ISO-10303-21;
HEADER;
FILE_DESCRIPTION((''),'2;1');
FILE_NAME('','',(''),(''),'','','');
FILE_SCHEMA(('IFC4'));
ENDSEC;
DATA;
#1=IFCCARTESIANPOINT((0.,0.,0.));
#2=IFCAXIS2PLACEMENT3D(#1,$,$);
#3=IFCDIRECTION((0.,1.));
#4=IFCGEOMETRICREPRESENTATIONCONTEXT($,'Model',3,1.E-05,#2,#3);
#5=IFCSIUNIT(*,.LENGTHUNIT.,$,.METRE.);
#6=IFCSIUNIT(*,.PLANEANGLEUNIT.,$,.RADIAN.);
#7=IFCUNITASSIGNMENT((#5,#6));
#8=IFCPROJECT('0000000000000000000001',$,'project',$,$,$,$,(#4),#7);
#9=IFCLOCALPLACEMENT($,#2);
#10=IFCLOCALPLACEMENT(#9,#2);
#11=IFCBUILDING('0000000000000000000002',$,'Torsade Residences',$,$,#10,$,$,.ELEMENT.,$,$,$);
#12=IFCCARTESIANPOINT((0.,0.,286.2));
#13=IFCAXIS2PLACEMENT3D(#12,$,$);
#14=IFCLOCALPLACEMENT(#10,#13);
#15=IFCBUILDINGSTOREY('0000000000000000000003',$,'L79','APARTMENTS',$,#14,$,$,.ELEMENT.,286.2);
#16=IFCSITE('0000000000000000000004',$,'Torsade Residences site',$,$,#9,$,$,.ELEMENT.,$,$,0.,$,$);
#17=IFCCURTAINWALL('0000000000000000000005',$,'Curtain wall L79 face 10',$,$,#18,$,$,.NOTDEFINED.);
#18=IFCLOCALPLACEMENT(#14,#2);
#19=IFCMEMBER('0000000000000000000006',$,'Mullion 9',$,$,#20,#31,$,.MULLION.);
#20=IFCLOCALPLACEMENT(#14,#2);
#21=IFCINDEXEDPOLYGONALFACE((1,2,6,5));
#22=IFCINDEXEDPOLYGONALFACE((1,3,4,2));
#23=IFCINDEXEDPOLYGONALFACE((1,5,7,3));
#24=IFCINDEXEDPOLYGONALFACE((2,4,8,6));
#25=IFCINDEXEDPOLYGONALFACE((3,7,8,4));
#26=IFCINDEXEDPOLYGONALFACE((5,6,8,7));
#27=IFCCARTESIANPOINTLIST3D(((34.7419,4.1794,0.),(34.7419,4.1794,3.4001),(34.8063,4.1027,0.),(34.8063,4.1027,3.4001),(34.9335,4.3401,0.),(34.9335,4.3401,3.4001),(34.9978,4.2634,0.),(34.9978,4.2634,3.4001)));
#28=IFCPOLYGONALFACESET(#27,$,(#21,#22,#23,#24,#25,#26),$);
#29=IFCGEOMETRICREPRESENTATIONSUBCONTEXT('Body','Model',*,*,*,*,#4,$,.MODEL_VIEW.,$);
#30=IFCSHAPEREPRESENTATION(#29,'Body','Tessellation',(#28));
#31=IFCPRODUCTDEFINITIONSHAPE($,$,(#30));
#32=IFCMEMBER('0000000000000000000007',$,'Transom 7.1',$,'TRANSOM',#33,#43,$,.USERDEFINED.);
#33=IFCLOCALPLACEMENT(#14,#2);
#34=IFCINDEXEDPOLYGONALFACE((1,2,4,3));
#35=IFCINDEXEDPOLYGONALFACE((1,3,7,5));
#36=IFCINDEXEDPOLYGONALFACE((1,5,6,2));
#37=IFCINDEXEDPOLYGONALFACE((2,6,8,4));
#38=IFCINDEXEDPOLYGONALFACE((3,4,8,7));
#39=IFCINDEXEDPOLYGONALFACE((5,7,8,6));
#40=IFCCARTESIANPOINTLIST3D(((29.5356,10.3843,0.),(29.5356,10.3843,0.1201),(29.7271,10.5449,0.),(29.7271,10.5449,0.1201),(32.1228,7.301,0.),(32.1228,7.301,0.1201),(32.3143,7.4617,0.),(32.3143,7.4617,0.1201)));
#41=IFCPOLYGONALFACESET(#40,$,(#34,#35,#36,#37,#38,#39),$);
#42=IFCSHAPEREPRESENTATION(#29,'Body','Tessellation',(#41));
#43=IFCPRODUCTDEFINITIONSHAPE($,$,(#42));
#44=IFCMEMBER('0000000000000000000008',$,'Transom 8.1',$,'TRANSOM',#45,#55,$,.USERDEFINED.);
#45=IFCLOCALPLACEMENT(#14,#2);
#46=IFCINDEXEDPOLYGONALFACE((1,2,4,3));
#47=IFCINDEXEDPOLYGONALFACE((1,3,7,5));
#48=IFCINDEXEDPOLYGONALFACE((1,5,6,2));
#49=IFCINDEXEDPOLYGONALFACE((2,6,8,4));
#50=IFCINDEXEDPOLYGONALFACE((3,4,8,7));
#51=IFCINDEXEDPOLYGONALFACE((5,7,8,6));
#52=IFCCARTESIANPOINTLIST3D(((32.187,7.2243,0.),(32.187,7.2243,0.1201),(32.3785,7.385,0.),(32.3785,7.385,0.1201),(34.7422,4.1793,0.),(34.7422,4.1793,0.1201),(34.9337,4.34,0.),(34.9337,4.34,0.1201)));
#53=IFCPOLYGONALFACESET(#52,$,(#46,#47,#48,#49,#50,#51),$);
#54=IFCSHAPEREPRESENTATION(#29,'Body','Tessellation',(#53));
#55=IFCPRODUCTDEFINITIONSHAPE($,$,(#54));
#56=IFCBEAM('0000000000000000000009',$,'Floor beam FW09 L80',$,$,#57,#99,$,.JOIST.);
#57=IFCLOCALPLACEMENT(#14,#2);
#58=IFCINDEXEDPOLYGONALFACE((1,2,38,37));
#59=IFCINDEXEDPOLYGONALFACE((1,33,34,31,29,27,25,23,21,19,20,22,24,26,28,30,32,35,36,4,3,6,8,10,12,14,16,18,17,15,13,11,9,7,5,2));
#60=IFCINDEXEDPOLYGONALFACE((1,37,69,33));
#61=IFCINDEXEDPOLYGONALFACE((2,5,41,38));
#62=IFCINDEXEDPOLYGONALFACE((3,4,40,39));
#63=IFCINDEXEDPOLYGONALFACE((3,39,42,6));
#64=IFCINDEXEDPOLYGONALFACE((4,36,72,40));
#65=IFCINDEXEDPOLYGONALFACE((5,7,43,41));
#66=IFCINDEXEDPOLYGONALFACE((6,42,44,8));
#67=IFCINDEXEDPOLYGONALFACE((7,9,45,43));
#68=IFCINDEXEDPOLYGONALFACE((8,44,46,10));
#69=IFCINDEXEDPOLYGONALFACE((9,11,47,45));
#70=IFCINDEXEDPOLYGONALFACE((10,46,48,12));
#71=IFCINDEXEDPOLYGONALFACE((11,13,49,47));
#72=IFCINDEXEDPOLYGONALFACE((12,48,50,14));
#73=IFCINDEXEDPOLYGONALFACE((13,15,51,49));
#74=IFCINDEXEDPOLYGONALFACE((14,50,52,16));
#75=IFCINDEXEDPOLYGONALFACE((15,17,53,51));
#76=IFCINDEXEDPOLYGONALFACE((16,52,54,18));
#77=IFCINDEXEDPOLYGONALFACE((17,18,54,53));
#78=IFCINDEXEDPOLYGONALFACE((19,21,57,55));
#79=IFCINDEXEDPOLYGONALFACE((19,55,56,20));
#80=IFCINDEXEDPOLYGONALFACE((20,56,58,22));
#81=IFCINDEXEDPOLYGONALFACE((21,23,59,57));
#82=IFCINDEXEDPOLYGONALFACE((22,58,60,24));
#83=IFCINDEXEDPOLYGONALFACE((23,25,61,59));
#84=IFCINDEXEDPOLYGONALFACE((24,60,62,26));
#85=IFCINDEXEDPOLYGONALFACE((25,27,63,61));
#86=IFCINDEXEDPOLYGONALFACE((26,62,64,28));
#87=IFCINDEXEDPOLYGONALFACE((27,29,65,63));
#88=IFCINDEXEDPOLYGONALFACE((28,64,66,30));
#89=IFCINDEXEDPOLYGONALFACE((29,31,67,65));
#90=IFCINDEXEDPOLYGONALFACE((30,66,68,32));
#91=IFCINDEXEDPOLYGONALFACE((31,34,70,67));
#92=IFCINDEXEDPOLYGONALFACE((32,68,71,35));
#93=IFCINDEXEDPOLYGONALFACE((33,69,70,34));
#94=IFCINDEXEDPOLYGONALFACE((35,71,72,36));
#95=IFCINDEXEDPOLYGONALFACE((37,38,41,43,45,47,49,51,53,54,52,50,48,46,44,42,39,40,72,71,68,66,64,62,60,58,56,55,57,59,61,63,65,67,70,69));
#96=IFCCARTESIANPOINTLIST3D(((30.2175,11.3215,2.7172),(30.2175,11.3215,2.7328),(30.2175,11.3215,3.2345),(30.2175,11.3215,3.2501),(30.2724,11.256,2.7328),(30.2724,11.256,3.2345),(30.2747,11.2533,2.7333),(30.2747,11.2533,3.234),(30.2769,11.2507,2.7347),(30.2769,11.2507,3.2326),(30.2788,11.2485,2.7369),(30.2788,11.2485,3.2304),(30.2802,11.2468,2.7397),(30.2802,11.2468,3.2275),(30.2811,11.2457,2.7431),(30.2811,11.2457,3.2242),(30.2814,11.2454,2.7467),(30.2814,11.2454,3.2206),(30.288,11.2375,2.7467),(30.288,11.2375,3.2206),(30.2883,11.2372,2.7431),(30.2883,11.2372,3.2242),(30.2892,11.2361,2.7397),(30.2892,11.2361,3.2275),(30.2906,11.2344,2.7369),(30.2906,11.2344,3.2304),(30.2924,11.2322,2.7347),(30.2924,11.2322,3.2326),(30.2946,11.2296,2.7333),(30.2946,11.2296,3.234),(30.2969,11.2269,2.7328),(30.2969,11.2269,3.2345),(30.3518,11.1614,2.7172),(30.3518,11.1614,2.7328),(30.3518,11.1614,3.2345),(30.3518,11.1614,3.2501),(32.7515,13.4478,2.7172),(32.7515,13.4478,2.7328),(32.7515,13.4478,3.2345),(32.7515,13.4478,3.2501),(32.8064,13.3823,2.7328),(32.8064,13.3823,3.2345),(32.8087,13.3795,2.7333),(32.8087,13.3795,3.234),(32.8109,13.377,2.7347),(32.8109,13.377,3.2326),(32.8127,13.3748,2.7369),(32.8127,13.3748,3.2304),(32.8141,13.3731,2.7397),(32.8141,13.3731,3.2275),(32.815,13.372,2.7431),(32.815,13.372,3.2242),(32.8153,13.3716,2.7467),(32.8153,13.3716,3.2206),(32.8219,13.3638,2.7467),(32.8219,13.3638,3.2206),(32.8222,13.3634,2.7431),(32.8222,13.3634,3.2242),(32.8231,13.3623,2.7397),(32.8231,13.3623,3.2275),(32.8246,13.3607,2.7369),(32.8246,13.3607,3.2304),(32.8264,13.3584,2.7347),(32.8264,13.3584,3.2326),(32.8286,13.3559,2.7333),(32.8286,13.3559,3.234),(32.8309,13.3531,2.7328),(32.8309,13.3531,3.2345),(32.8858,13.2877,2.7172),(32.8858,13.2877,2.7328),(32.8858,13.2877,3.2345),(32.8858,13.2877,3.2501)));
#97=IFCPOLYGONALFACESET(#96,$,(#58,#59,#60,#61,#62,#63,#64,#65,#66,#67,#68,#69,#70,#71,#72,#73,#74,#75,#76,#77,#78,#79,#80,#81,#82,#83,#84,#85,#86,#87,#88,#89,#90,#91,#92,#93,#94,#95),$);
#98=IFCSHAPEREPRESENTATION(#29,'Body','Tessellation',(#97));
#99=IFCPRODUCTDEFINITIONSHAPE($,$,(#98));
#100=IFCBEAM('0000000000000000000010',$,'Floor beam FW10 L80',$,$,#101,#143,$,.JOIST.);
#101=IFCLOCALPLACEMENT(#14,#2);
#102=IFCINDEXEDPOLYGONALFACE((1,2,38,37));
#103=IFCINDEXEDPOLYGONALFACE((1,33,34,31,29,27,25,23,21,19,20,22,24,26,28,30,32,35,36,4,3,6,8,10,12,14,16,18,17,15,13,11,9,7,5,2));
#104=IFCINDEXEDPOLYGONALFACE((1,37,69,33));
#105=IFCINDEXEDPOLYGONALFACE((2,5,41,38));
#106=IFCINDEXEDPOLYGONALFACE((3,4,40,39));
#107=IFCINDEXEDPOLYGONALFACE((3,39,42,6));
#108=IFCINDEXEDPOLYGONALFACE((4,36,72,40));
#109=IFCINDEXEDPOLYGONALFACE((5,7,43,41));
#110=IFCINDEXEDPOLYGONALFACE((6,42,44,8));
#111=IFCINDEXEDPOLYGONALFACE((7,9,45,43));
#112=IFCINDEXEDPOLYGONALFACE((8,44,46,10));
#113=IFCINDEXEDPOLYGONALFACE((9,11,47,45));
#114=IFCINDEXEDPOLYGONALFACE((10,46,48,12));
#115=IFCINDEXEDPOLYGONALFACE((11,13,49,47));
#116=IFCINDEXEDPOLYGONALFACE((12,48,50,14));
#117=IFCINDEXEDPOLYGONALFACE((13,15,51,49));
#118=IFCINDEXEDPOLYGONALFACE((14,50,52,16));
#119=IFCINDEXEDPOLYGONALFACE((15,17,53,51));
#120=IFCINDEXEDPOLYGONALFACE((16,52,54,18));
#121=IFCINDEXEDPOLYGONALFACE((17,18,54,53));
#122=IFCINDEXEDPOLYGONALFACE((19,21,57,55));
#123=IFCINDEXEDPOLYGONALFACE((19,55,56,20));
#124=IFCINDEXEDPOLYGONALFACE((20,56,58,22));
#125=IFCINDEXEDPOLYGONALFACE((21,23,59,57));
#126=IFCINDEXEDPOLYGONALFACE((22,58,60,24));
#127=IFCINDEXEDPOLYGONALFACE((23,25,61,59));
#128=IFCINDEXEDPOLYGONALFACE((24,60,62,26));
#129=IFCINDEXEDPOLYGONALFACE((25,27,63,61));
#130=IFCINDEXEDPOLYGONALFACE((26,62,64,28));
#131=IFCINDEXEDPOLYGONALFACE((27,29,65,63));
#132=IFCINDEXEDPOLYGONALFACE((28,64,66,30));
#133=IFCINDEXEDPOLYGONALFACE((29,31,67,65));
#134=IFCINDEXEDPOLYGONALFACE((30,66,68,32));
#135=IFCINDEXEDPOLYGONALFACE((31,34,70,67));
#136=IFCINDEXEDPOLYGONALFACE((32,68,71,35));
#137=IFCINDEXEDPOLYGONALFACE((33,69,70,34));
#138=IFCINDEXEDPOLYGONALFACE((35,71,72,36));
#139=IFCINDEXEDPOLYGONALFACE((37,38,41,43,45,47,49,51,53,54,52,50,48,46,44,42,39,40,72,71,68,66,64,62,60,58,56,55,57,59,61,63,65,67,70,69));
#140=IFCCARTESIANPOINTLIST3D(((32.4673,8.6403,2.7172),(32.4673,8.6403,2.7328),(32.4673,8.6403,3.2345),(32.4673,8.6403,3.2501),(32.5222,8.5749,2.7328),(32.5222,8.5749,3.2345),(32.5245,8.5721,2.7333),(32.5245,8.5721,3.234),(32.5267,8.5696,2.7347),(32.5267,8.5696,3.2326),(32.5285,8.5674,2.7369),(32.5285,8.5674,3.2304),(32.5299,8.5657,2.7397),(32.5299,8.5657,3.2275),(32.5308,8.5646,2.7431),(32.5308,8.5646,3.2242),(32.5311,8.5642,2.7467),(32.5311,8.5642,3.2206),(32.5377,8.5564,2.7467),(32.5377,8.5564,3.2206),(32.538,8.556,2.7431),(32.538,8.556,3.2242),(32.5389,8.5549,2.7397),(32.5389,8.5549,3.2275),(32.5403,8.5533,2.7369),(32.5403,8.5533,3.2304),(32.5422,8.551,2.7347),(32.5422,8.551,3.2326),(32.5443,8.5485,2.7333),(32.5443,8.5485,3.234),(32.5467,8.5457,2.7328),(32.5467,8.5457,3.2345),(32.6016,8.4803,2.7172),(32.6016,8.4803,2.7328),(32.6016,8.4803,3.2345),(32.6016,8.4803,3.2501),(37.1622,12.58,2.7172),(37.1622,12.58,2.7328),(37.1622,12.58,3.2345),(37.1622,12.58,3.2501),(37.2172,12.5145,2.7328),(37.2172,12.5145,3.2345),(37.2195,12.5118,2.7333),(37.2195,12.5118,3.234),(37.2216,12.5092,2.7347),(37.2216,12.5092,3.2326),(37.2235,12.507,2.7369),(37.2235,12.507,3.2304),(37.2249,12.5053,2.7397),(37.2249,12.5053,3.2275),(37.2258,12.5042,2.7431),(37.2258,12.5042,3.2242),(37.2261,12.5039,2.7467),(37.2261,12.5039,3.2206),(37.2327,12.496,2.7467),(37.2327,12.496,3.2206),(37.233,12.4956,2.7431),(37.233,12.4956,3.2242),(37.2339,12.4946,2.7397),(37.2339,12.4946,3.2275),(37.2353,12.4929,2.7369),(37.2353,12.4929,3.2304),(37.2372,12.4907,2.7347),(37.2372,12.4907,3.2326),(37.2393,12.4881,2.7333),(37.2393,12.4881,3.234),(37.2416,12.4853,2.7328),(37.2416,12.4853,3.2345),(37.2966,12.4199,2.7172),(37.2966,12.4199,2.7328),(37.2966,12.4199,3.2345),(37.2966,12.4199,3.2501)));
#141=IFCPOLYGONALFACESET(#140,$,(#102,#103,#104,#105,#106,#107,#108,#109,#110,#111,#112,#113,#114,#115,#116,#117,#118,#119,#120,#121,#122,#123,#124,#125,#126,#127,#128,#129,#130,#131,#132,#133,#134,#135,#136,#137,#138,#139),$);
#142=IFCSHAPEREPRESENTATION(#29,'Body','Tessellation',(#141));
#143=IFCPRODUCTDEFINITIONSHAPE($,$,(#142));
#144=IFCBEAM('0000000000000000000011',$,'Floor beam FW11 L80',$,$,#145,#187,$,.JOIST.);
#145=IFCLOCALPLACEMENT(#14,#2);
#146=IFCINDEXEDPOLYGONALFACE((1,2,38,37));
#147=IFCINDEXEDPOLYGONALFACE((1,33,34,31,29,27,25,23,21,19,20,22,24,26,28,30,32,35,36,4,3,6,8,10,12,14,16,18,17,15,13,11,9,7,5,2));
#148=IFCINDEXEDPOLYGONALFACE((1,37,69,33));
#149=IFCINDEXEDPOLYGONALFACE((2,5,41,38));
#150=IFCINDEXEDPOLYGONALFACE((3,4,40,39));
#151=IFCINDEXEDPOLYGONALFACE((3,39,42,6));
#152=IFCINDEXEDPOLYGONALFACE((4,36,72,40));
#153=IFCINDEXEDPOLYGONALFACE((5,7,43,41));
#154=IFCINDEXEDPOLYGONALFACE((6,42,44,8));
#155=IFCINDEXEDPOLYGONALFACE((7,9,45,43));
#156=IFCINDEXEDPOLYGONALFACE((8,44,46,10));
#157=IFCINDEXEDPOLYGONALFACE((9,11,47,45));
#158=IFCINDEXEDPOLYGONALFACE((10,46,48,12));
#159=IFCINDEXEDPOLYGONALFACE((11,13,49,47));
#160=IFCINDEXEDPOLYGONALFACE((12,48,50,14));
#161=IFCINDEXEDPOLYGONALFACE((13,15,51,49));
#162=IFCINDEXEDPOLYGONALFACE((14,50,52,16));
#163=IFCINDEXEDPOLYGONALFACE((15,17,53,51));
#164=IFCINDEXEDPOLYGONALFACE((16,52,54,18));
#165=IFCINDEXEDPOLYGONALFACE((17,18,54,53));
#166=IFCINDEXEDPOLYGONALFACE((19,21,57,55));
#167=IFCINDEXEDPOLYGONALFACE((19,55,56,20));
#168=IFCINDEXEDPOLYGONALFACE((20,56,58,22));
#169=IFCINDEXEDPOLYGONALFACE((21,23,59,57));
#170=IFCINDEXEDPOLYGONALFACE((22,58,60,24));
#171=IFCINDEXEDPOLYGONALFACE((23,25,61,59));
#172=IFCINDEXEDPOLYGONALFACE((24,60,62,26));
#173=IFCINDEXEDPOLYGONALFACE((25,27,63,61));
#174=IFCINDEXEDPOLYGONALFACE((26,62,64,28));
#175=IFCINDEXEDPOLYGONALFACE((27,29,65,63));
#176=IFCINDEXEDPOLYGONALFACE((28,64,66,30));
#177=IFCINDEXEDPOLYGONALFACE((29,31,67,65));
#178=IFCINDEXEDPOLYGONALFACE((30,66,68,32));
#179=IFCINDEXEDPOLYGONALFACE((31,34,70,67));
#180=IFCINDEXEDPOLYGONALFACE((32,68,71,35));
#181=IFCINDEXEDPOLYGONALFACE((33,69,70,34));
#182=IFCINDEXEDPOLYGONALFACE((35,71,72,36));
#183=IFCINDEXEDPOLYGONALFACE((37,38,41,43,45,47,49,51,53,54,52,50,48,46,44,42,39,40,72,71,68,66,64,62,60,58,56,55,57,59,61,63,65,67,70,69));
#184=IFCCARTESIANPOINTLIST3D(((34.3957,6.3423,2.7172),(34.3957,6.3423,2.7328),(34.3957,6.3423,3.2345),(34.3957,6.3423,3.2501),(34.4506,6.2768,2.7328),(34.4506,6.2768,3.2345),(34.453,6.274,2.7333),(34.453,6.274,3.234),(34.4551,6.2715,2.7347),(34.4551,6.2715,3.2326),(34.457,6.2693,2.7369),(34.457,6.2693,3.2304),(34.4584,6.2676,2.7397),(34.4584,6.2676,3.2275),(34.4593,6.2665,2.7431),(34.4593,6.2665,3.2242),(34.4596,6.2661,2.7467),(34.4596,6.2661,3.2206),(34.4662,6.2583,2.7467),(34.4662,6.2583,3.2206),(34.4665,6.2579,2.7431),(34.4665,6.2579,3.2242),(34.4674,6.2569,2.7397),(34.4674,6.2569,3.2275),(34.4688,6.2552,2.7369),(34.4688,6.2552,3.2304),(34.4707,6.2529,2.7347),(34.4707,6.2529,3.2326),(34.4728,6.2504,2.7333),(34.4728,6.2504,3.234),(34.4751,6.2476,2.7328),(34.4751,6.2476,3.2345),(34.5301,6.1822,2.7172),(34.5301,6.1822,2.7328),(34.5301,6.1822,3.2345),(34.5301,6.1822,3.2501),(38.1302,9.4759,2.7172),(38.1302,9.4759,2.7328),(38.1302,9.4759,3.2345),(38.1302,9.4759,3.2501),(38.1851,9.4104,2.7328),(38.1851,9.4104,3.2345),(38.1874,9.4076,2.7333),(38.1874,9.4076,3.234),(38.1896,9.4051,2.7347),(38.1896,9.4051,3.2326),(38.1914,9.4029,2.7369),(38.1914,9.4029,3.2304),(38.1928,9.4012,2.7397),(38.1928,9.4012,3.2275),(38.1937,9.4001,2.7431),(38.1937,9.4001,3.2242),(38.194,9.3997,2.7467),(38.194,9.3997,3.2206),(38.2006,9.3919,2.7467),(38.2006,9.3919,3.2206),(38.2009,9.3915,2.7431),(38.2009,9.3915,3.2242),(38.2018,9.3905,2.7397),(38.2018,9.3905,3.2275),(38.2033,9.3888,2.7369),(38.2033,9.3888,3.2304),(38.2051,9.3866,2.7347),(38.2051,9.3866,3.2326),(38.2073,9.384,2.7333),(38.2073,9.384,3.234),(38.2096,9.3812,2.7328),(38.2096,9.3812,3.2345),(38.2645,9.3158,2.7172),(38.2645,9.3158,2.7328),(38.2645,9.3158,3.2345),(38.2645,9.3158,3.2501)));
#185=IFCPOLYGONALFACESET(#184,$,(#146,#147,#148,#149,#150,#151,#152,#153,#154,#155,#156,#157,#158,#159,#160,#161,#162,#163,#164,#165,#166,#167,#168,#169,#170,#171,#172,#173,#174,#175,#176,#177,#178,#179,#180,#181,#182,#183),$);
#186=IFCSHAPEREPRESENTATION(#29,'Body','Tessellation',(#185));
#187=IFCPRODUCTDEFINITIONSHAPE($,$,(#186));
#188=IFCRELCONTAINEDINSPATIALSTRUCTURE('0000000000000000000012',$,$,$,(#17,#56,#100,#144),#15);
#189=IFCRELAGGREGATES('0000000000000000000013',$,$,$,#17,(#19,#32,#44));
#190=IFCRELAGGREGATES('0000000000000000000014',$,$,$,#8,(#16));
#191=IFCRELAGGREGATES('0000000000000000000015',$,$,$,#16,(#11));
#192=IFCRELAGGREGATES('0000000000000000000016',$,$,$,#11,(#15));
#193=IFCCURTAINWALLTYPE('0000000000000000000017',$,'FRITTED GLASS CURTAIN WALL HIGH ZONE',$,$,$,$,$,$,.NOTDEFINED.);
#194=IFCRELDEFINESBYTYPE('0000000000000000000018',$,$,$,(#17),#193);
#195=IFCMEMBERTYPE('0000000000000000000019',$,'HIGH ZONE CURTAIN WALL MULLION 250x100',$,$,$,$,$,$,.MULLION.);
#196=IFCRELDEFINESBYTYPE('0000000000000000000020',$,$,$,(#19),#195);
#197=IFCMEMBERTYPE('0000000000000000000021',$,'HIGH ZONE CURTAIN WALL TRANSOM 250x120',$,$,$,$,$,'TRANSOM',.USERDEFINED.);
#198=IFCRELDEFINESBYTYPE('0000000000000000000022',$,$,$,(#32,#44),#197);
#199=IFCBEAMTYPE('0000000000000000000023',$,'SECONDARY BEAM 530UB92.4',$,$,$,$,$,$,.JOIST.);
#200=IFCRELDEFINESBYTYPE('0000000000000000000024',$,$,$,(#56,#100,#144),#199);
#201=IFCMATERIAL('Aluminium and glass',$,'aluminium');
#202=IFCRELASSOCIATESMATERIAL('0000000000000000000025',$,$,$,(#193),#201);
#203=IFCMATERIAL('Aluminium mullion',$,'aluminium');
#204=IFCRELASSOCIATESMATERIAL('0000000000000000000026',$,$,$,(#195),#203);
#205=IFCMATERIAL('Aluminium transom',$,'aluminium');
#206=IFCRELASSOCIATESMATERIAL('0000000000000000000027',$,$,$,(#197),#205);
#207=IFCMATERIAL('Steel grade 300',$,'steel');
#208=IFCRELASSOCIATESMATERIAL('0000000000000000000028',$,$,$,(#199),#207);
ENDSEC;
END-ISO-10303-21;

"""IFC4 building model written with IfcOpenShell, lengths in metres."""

from ifc_helpers import new_model, si_unit, direction, frame, origin, origin_2d, place, context, subcontext, project, spatial, rectangle, i_section, extrude, material, material_profile, profile_set, type_object, element, aggregate, save


model = new_model("IFC4")

# Units and contexts
model_context = context("Model", 3, precision=1e-05, world=origin(), true_north=direction((0.0, 1.0)))
body_context = subcontext(model_context, "Body", "Model", "MODEL_VIEW")
ifc_project = project(units=[si_unit("LENGTHUNIT", "METRE"), si_unit("PLANEANGLEUNIT", "RADIAN")], contexts=[model_context])

# Site, building, storey
site_placement = place(None, origin())
site = spatial("IfcSite", under=ifc_project, at=site_placement, Name="Torsade Residences site", CompositionType="ELEMENT", RefElevation=0.0)
building_placement = place(site_placement, origin())
building = spatial("IfcBuilding", under=site, at=building_placement, Name="Torsade Residences", CompositionType="ELEMENT")
storey_placement = place(building_placement, frame((0.0, 0.0, 286.2)))
storey = spatial("IfcBuildingStorey", under=building, at=storey_placement, Name="L79", Description="APARTMENTS", CompositionType="ELEMENT", Elevation=286.2)

# Curtain wall, members
ifc_material_1 = material(Name="Aluminium and glass", Category="aluminium")
curtain_wall_type = type_object("IfcCurtainWallType", Name="FRITTED GLASS CURTAIN WALL HIGH ZONE", PredefinedType="NOTDEFINED", material=ifc_material_1)
curtain_wall_placement = place(storey_placement, origin())
curtain_wall = element("IfcCurtainWall", 1, at=curtain_wall_placement, inside=storey, type_object=curtain_wall_type, Name="Curtain wall L79 face 10", PredefinedType="NOTDEFINED")
ifc_material_2 = material(Name="Aluminium mullion", Category="aluminium")
ifc_material_profile_1 = material_profile(ifc_material_2, rectangle(XDim=0.25, YDim=0.1001, at=origin_2d()), Name="HIGH ZONE CURTAIN WALL MULLION 250x100")
ifc_profile_set_1 = profile_set([ifc_material_profile_1], Name="Aluminium mullion")
member_type_1 = type_object("IfcMemberType", Name="HIGH ZONE CURTAIN WALL MULLION 250x100", PredefinedType="MULLION", material=ifc_profile_set_1)
member_1_placement = place(storey_placement, frame((34.8699, 4.2214, 0.0), z_axis=(0.0, 0.0, 1.0), x_axis=(0.766044, 0.642788, 0.0)))
member_1 = element("IfcMember", 2, at=member_1_placement, type_object=member_type_1, Name="Mullion 9", PredefinedType="MULLION", context=body_context, shape_type="SweptSolid", body=[
    extrude(rectangle(XDim=0.25, YDim=0.1001, at=origin_2d()), origin(), (0.0, 0.0, 1.0), 3.4001),
])
ifc_material_3 = material(Name="Aluminium transom", Category="aluminium")
ifc_material_profile_2 = material_profile(ifc_material_3, rectangle(XDim=0.25, YDim=0.1201, at=origin_2d()), Name="HIGH ZONE CURTAIN WALL TRANSOM 250x120")
ifc_profile_set_2 = profile_set([ifc_material_profile_2], Name="Aluminium transom")
member_type_2 = type_object("IfcMemberType", Name="HIGH ZONE CURTAIN WALL TRANSOM 250x120", ElementType="TRANSOM", PredefinedType="USERDEFINED", material=ifc_profile_set_2)
member_2_placement = place(storey_placement, frame((29.6313, 10.4646, 0.0601), z_axis=(0.642788, -0.766044, 0.0), x_axis=(0.766044, 0.642788, 0.0)))
member_2 = element("IfcMember", 3, at=member_2_placement, type_object=member_type_2, Name="Transom 7.1", ObjectType="TRANSOM", PredefinedType="USERDEFINED", context=body_context, shape_type="SweptSolid", body=[
    extrude(rectangle(XDim=0.25, YDim=0.1201, at=origin_2d()), origin(), (0.0, 0.0, 1.0), 4.0249),
])
member_3_placement = place(storey_placement, frame((32.2827, 7.3047, 0.0601), z_axis=(0.642815, -0.766022, 0.0), x_axis=(0.766022, 0.642815, 0.0)))
member_3 = element("IfcMember", 4, at=member_3_placement, type_object=member_type_2, Name="Transom 8.1", ObjectType="TRANSOM", PredefinedType="USERDEFINED", context=body_context, shape_type="SweptSolid", body=[
    extrude(rectangle(XDim=0.25, YDim=0.1201, at=origin_2d()), origin(), (0.0, 0.0, 1.0), 3.9751),
])

# Beams
ifc_material_4 = material(Name="Steel grade 300", Category="steel")
ifc_material_profile_3 = material_profile(ifc_material_4, i_section(OverallWidth=0.209, OverallDepth=0.533, WebThickness=0.0103, FlangeThickness=0.0156, FilletRadius=0.0139, at=origin_2d()), Name="530UB92.4")
ifc_profile_set_3 = profile_set([ifc_material_profile_3], Name="Steel grade 300")
beam_type_1 = type_object("IfcBeamType", Name="SECONDARY BEAM 530UB92.4", PredefinedType="JOIST", material=ifc_profile_set_3)
beam_1_placement = place(storey_placement, frame((30.2847, 11.2415, 2.9836), z_axis=(0.766045, 0.642787, 0.0), x_axis=(-0.642787, 0.766045, 0.0)))
element("IfcBeam", 5, at=beam_1_placement, inside=storey, type_object=beam_type_1, Name="Floor beam FW09 L80", PredefinedType="JOIST", context=body_context, shape_type="SweptSolid", body=[
    extrude(i_section(OverallWidth=0.209, OverallDepth=0.533, WebThickness=0.0103, FlangeThickness=0.0156, FilletRadius=0.0139, at=origin_2d()), origin(), (0.0, 0.0, 1.0), 3.3079),
])
beam_2_placement = place(storey_placement, frame((32.5344, 8.5603, 2.9836), z_axis=(0.766039, 0.642794, 0.0), x_axis=(-0.642794, 0.766039, 0.0)))
element("IfcBeam", 6, at=beam_2_placement, inside=storey, type_object=beam_type_1, Name="Floor beam FW10 L80", PredefinedType="JOIST", context=body_context, shape_type="SweptSolid", body=[
    extrude(i_section(OverallWidth=0.209, OverallDepth=0.533, WebThickness=0.0103, FlangeThickness=0.0156, FilletRadius=0.0139, at=origin_2d()), origin(), (0.0, 0.0, 1.0), 6.1289),
])
beam_3_placement = place(storey_placement, frame((34.4629, 6.2622, 2.9836), z_axis=(0.766041, 0.642791, 0.0), x_axis=(-0.642791, 0.766041, 0.0)))
element("IfcBeam", 7, at=beam_3_placement, inside=storey, type_object=beam_type_1, Name="Floor beam FW11 L80", PredefinedType="JOIST", context=body_context, shape_type="SweptSolid", body=[
    extrude(i_section(OverallWidth=0.209, OverallDepth=0.533, WebThickness=0.0103, FlangeThickness=0.0156, FilletRadius=0.0139, at=origin_2d()), origin(), (0.0, 0.0, 1.0), 4.875),
])

aggregate(curtain_wall, [member_1, member_2, member_3])

save(model, "model.ifc")
